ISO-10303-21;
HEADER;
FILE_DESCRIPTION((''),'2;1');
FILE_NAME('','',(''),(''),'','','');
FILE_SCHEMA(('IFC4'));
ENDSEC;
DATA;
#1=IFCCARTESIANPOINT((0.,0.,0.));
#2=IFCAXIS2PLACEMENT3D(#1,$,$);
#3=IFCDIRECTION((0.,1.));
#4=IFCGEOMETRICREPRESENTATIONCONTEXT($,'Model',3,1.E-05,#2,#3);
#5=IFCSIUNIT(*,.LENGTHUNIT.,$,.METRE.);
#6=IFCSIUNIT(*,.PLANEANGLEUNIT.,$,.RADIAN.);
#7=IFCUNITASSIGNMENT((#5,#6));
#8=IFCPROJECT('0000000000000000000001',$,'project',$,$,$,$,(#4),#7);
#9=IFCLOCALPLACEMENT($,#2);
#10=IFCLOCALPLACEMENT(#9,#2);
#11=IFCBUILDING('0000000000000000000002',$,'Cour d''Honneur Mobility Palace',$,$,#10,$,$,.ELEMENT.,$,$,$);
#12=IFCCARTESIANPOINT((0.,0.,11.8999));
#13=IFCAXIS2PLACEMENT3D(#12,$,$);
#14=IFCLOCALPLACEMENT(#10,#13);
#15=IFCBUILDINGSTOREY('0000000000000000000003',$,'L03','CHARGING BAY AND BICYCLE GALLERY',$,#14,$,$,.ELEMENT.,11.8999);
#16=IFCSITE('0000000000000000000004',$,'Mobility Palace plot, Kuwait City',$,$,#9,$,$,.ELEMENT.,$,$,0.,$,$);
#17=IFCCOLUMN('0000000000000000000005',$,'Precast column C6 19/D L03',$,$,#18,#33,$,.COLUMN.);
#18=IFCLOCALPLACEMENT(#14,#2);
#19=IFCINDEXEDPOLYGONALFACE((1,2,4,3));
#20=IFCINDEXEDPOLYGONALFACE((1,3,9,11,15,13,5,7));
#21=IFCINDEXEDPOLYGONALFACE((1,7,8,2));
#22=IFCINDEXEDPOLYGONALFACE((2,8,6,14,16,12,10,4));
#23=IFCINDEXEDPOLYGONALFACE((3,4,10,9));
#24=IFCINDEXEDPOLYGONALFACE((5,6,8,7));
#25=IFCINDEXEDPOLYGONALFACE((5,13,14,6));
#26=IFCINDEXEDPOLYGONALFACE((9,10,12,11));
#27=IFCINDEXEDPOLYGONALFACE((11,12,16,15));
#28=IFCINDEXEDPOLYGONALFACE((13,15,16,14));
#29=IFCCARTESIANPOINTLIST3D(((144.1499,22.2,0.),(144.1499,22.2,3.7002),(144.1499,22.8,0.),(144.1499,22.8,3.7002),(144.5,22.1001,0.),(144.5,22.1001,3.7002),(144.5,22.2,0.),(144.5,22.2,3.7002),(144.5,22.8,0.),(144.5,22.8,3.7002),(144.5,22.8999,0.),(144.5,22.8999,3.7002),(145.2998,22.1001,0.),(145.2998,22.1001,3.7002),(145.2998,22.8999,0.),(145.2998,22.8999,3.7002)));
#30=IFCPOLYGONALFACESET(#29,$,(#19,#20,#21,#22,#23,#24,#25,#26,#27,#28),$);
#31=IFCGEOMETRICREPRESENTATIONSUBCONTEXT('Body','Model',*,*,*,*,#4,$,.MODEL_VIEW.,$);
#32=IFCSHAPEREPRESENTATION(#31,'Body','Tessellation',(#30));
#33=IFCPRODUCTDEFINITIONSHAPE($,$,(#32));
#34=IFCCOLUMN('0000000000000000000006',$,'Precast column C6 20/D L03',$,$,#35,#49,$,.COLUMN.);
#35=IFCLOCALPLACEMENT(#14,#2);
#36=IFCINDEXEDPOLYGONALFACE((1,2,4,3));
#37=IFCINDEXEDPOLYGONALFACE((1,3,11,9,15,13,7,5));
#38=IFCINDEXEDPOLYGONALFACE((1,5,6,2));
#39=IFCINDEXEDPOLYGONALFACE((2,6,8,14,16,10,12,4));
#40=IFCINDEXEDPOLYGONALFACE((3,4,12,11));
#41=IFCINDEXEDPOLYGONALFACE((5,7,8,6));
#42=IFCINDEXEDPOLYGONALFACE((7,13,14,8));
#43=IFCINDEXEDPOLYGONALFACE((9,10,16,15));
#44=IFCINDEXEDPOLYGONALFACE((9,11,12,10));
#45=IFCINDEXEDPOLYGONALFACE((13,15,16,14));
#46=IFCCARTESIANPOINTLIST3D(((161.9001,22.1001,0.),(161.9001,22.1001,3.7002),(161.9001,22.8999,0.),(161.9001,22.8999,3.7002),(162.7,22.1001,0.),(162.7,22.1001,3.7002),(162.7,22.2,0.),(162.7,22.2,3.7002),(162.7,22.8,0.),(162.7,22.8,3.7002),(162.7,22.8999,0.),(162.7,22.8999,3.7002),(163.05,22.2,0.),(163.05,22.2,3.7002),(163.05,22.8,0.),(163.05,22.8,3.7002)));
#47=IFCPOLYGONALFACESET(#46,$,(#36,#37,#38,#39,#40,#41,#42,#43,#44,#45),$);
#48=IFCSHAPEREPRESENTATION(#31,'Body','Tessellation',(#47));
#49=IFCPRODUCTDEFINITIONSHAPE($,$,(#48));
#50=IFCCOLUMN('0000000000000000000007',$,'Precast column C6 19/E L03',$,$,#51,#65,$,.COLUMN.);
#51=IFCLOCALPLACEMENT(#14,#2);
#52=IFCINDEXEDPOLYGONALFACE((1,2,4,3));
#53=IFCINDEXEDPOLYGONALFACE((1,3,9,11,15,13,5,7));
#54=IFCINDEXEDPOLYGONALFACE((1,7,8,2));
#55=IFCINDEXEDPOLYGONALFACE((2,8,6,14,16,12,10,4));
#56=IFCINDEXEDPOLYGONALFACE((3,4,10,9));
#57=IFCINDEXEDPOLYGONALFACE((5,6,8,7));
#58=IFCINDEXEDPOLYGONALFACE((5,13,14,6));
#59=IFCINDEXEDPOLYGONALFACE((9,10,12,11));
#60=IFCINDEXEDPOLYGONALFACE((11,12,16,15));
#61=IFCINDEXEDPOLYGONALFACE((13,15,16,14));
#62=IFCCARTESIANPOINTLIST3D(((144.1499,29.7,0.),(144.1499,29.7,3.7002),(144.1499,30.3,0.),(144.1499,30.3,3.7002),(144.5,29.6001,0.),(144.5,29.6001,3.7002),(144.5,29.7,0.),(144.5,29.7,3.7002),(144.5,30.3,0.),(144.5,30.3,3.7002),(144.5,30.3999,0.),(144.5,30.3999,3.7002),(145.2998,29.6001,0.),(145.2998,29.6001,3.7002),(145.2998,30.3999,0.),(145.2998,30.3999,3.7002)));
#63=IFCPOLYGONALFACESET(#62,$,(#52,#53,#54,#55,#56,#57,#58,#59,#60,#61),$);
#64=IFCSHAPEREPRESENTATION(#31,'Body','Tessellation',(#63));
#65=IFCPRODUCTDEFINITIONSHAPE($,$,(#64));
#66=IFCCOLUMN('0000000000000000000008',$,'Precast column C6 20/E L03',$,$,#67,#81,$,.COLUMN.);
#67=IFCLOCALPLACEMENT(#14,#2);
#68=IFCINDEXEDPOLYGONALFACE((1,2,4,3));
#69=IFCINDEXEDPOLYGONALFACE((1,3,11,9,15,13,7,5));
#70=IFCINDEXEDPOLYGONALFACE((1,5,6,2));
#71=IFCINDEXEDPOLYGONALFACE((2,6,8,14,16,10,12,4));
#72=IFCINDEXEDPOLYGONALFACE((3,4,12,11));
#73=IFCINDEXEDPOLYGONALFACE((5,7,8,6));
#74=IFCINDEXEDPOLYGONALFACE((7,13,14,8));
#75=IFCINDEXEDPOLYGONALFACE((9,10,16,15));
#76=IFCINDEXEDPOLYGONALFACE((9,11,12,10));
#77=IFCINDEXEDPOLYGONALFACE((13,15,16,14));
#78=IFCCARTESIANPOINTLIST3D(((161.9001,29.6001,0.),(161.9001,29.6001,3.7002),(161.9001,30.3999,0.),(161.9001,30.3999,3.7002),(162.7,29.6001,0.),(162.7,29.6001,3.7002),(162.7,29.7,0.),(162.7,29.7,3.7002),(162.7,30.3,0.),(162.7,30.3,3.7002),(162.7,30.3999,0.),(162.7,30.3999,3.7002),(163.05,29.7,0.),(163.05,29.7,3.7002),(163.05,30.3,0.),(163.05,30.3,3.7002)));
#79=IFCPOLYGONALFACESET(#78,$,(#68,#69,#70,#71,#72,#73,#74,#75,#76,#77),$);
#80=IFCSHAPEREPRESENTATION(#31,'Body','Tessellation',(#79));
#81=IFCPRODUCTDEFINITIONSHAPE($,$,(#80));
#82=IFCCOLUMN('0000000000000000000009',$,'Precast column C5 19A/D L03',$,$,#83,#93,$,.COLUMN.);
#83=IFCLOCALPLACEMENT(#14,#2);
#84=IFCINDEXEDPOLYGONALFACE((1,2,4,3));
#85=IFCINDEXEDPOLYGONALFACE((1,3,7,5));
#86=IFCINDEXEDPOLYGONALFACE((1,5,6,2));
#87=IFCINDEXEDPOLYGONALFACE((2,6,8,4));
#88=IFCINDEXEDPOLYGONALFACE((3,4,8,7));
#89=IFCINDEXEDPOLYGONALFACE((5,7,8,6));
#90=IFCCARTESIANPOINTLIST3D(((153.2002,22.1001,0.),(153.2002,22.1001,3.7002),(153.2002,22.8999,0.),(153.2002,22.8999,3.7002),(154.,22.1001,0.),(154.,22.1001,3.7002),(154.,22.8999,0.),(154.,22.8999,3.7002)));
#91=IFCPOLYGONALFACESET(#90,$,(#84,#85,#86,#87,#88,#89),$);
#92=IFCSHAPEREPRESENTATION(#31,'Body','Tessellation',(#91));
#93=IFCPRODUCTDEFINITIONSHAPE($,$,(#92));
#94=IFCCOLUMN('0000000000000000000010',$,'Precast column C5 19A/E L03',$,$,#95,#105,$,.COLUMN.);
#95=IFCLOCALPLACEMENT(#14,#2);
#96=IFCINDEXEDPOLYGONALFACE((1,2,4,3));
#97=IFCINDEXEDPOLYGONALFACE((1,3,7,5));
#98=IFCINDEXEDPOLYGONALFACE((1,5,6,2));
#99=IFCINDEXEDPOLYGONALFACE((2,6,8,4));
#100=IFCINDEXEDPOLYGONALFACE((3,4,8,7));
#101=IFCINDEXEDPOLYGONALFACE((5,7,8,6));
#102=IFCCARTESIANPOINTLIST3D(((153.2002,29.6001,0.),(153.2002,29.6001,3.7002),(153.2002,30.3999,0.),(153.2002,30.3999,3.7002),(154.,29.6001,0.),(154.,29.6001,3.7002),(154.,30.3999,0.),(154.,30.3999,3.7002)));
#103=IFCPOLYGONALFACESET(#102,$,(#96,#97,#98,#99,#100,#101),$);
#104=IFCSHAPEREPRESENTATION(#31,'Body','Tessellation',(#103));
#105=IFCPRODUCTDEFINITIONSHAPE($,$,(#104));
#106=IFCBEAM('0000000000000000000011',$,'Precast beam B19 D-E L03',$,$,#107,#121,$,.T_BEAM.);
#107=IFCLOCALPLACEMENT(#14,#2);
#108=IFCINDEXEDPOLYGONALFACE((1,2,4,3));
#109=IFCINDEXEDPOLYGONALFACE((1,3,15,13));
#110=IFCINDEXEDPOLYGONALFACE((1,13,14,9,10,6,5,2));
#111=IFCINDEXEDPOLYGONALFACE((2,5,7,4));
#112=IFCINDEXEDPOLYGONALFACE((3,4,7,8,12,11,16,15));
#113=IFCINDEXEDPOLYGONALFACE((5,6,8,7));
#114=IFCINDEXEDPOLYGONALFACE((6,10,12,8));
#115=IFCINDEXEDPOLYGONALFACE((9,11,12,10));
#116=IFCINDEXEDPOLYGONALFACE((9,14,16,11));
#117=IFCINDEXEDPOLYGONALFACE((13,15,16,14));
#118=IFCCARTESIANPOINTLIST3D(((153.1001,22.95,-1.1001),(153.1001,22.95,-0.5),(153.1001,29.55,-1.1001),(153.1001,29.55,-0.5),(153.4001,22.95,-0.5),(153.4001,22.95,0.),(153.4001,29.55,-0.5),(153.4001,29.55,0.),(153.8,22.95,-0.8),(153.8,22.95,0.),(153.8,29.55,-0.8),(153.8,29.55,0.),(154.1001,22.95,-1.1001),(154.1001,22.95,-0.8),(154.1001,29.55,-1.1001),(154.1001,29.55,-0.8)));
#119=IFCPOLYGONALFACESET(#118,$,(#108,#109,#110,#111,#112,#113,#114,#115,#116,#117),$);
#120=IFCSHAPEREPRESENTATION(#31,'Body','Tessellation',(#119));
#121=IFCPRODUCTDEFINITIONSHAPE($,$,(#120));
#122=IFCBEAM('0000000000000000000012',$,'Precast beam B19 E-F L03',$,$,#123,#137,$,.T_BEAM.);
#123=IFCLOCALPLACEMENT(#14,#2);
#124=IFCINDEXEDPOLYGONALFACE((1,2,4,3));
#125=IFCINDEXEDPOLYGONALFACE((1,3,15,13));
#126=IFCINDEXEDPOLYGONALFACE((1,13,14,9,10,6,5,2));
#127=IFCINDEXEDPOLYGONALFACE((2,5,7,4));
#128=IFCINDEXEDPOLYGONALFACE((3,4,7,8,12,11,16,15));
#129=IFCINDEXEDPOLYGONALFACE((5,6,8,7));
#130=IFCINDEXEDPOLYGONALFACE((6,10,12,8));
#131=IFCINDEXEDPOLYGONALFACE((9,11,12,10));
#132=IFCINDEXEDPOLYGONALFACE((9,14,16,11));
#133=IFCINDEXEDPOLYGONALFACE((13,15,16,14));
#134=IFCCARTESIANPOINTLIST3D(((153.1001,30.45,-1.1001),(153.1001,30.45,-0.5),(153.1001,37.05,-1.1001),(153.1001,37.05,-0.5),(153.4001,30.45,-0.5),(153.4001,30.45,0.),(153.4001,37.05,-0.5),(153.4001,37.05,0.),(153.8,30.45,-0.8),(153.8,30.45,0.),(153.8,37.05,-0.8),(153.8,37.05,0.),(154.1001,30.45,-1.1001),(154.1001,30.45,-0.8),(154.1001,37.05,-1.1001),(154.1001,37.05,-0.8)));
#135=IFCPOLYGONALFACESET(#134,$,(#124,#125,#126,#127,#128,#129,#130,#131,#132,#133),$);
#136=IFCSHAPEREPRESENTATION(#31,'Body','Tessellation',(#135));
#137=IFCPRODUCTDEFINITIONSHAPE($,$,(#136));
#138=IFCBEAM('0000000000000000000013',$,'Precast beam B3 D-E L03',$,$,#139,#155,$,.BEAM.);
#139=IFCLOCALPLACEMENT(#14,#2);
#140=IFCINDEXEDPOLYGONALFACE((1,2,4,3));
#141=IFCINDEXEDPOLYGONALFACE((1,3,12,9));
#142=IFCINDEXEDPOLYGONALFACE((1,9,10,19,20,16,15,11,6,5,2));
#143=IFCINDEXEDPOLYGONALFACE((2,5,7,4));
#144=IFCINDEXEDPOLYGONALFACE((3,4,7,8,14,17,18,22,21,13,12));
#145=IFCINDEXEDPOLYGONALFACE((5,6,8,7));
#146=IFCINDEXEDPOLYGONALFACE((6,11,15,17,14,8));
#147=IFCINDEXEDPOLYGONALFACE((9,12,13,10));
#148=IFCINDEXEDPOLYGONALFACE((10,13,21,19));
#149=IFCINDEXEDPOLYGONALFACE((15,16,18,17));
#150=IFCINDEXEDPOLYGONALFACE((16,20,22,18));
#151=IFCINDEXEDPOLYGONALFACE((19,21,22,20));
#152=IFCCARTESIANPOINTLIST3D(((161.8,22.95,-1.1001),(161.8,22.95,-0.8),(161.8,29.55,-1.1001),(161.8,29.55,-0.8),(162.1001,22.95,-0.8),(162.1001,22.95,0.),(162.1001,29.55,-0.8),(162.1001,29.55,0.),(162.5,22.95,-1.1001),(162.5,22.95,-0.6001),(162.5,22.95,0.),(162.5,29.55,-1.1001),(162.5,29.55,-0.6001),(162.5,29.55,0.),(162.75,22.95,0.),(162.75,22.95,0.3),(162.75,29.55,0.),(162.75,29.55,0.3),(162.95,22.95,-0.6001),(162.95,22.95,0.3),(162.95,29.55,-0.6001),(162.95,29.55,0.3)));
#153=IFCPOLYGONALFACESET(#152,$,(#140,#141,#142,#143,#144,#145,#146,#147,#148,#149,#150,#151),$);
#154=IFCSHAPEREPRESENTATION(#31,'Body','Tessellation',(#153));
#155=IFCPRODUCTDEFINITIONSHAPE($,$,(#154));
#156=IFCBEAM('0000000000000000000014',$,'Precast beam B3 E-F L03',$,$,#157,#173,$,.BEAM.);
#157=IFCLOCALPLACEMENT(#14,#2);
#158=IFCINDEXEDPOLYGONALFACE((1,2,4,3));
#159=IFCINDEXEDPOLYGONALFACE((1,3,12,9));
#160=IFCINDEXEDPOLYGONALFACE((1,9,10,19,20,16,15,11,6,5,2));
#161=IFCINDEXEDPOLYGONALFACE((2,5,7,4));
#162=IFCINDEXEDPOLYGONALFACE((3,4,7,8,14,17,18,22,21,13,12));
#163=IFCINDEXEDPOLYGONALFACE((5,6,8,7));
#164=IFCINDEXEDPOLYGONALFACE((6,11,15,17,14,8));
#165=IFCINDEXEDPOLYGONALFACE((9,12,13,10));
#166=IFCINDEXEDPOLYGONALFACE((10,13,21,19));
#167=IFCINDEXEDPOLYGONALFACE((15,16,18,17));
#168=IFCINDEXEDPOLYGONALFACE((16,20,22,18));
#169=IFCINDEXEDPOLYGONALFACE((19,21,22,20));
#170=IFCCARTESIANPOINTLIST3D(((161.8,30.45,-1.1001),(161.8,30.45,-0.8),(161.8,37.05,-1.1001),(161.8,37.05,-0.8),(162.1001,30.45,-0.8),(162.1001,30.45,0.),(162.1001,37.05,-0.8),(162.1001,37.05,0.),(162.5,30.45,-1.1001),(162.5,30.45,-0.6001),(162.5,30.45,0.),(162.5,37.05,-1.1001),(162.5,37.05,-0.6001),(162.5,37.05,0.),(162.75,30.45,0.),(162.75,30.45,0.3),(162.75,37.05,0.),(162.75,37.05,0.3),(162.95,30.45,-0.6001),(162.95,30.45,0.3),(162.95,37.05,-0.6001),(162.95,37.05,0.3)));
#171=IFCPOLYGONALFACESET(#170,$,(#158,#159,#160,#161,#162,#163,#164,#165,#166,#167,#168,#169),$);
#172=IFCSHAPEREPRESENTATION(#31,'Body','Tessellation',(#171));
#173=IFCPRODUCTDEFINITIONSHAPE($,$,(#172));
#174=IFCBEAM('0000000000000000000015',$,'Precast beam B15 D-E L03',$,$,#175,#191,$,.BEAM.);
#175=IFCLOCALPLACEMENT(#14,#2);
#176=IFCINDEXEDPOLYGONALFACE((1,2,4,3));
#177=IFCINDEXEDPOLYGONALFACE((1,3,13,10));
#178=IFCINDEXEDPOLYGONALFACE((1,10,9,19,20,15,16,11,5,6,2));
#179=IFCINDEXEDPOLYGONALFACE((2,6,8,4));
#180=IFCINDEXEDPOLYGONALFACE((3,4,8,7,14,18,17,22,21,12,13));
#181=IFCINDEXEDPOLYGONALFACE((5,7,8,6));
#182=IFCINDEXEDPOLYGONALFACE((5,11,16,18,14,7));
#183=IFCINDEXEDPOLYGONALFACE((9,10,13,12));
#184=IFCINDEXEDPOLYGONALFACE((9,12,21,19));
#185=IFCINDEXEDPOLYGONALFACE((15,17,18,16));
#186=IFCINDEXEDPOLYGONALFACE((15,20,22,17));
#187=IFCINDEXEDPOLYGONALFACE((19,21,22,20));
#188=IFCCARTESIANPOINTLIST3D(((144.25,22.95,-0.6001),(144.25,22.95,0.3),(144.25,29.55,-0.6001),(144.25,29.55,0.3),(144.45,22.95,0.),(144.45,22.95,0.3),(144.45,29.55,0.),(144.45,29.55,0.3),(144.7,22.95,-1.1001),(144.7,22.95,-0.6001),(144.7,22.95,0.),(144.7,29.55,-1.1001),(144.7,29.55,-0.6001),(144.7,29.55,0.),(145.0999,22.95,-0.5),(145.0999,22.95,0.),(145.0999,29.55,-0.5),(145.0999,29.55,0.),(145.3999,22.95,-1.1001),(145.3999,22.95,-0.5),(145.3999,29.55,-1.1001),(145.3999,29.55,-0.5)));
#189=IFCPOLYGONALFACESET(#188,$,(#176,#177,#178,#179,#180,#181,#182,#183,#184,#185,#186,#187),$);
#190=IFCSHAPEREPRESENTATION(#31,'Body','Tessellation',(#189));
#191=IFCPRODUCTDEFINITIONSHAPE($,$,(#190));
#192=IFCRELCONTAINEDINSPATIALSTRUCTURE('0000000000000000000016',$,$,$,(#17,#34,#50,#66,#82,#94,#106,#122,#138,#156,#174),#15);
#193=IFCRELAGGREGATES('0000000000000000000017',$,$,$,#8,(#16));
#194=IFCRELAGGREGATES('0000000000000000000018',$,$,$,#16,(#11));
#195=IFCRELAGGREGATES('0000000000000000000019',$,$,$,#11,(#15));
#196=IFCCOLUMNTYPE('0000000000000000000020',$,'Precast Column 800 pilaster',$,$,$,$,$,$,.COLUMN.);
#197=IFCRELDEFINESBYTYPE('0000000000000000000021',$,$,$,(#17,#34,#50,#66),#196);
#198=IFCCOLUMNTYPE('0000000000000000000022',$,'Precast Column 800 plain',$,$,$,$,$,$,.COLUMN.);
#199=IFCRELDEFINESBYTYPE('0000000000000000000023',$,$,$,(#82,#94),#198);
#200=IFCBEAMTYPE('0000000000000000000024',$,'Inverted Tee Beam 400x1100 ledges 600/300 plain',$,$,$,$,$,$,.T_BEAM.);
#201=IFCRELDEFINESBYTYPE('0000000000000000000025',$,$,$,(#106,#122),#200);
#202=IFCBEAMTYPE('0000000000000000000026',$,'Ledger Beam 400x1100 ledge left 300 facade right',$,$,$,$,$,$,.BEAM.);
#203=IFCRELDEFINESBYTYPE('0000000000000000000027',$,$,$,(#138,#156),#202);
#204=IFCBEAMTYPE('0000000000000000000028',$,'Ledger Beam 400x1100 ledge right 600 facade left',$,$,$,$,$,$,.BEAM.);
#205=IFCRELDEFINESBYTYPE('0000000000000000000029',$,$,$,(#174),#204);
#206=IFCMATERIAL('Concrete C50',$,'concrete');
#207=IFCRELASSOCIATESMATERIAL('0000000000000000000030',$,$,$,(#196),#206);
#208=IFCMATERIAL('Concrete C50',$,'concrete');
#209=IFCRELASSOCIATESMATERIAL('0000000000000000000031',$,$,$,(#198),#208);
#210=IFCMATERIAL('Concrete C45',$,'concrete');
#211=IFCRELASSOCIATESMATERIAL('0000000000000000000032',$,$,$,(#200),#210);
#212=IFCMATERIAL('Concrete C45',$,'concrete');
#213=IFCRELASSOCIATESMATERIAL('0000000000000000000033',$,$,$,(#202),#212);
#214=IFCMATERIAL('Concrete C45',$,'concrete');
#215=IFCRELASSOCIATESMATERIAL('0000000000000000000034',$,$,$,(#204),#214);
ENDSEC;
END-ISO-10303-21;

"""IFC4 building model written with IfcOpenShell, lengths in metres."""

from ifc_helpers import new_model, si_unit, direction, frame, origin, place, context, subcontext, project, spatial, polyline, outline, extrude, material, material_profile, profile_set, type_object, element, save


model = new_model("IFC4")

# Units and contexts
model_context = context("Model", 3, precision=1e-05, world=origin(), true_north=direction((0.0, 1.0)))
body_context = subcontext(model_context, "Body", "Model", "MODEL_VIEW")
ifc_project = project(units=[si_unit("LENGTHUNIT", "METRE"), si_unit("PLANEANGLEUNIT", "RADIAN")], contexts=[model_context])

# Site, building, storey
site_placement = place(None, origin())
site = spatial("IfcSite", under=ifc_project, at=site_placement, Name="Mobility Palace plot, Kuwait City", CompositionType="ELEMENT", RefElevation=0.0)
building_placement = place(site_placement, origin())
building = spatial("IfcBuilding", under=site, at=building_placement, Name="Cour d'Honneur Mobility Palace", CompositionType="ELEMENT")
storey_placement = place(building_placement, frame((0.0, 0.0, 11.8999)))
storey = spatial("IfcBuildingStorey", under=building, at=storey_placement, Name="L03", Description="CHARGING BAY AND BICYCLE GALLERY", CompositionType="ELEMENT", Elevation=11.8999)

# Columns
ifc_material_1 = material(Name="Concrete C50", Category="concrete")
ifc_material_profile_1 = material_profile(ifc_material_1, outline(polyline([(-0.3999, -0.3999), (0.3999, -0.3999), (0.3999, -0.3), (0.75, -0.3), (0.75, 0.3), (0.3999, 0.3), (0.3999, 0.3999), (-0.3999, 0.3999), (-0.3999, -0.3999)])), Name="PC C800 pilaster")
ifc_profile_set_1 = profile_set([ifc_material_profile_1], Name="Concrete C50")
column_type_1 = type_object("IfcColumnType", Name="Precast Column 800 pilaster", PredefinedType="COLUMN", material=ifc_profile_set_1)
for number, where, z_axis, x_axis, name in (
    (1, (144.8999, 22.5, 0.0), (0.0, 0.0, 1.0), (-1.0, 0.0, 0.0), "Precast column C6 19/D L03"),
    (2, (162.3, 22.5, 0.0), (0.0, 0.0, 1.0), (1.0, 0.0, 0.0), "Precast column C6 20/D L03"),
    (3, (144.8999, 30.0, 0.0), (0.0, 0.0, 1.0), (-1.0, 0.0, 0.0), "Precast column C6 19/E L03"),
    (4, (162.3, 30.0, 0.0), (0.0, 0.0, 1.0), (1.0, 0.0, 0.0), "Precast column C6 20/E L03"),
):
    element("IfcColumn", number, at=place(storey_placement, frame(where, z_axis=z_axis, x_axis=x_axis)), inside=storey, type_object=column_type_1, Name=name, PredefinedType="COLUMN", context=body_context, shape_type="SweptSolid", body=[
        extrude(outline(polyline([(-0.3999, -0.3999), (0.3999, -0.3999), (0.3999, -0.3), (0.75, -0.3), (0.75, 0.3), (0.3999, 0.3), (0.3999, 0.3999), (-0.3999, 0.3999), (-0.3999, -0.3999)])), origin(), (0.0, 0.0, 1.0), 3.7002),
    ])
ifc_material_2 = material(Name="Concrete C50", Category="concrete")
ifc_material_profile_2 = material_profile(ifc_material_2, outline(polyline([(-0.3999, -0.3999), (0.3999, -0.3999), (0.3999, 0.3999), (-0.3999, 0.3999), (-0.3999, -0.3999)])), Name="PC C800 plain")
ifc_profile_set_2 = profile_set([ifc_material_profile_2], Name="Concrete C50")
column_type_2 = type_object("IfcColumnType", Name="Precast Column 800 plain", PredefinedType="COLUMN", material=ifc_profile_set_2)
for number, where, z_axis, x_axis, name in (
    (5, (153.6001, 22.5, 0.0), (0.0, 0.0, 1.0), (1.0, 0.0, 0.0), "Precast column C5 19A/D L03"),
    (6, (153.6001, 30.0, 0.0), (0.0, 0.0, 1.0), (1.0, 0.0, 0.0), "Precast column C5 19A/E L03"),
):
    element("IfcColumn", number, at=place(storey_placement, frame(where, z_axis=z_axis, x_axis=x_axis)), inside=storey, type_object=column_type_2, Name=name, PredefinedType="COLUMN", context=body_context, shape_type="SweptSolid", body=[
        extrude(outline(polyline([(-0.3999, -0.3999), (0.3999, -0.3999), (0.3999, 0.3999), (-0.3999, 0.3999), (-0.3999, -0.3999)])), origin(), (0.0, 0.0, 1.0), 3.7002),
    ])

# Beams
ifc_material_3 = material(Name="Concrete C45", Category="concrete")
ifc_material_profile_3 = material_profile(ifc_material_3, outline(polyline([(0.5, -1.1001), (0.5, -0.5), (0.2, -0.5), (0.2, 0.0), (-0.2, 0.0), (-0.2, -0.8), (-0.5, -0.8), (-0.5, -1.1001), (0.5, -1.1001)])), Name="Inverted Tee Beam 400x1100 ledges 600/300 plain")
ifc_profile_set_3 = profile_set([ifc_material_profile_3], Name="Concrete C45")
beam_type_1 = type_object("IfcBeamType", Name="Inverted Tee Beam 400x1100 ledges 600/300 plain", PredefinedType="T_BEAM", material=ifc_profile_set_3)
for number, where, z_axis, x_axis, name in (
    (7, (153.6001, 22.95, 0.0), (0.0, 1.0, 0.0), (-1.0, 0.0, 0.0), "Precast beam B19 D-E L03"),
    (8, (153.6001, 30.45, 0.0), (0.0, 1.0, 0.0), (-1.0, 0.0, 0.0), "Precast beam B19 E-F L03"),
):
    element("IfcBeam", number, at=place(storey_placement, frame(where, z_axis=z_axis, x_axis=x_axis)), inside=storey, type_object=beam_type_1, Name=name, PredefinedType="T_BEAM", context=body_context, shape_type="SweptSolid", body=[
        extrude(outline(polyline([(0.5, -1.1001), (0.5, -0.5), (0.2, -0.5), (0.2, 0.0), (-0.2, 0.0), (-0.2, -0.8), (-0.5, -0.8), (-0.5, -1.1001), (0.5, -1.1001)])), origin(), (0.0, 0.0, 1.0), 6.6001),
    ])
ifc_material_4 = material(Name="Concrete C45", Category="concrete")
ifc_material_profile_4 = material_profile(ifc_material_4, outline(polyline([(0.5, -1.1001), (0.5, -0.8), (0.2, -0.8), (0.2, 0.0), (-0.2, 0.0), (-0.45, 0.0), (-0.45, 0.3), (-0.6499, 0.3), (-0.6499, -0.6001), (-0.2, -0.6001), (-0.2, -1.1001), (0.5, -1.1001)])), Name="Ledger Beam 400x1100 ledge left 300 facade right")
ifc_profile_set_4 = profile_set([ifc_material_profile_4], Name="Concrete C45")
beam_type_2 = type_object("IfcBeamType", Name="Ledger Beam 400x1100 ledge left 300 facade right", PredefinedType="BEAM", material=ifc_profile_set_4)
for number, where, z_axis, x_axis, name in (
    (9, (162.3, 22.95, 0.0), (0.0, 1.0, 0.0), (-1.0, 0.0, 0.0), "Precast beam B3 D-E L03"),
    (10, (162.3, 30.45, 0.0), (0.0, 1.0, 0.0), (-1.0, 0.0, 0.0), "Precast beam B3 E-F L03"),
):
    element("IfcBeam", number, at=place(storey_placement, frame(where, z_axis=z_axis, x_axis=x_axis)), inside=storey, type_object=beam_type_2, Name=name, PredefinedType="BEAM", context=body_context, shape_type="SweptSolid", body=[
        extrude(outline(polyline([(0.5, -1.1001), (0.5, -0.8), (0.2, -0.8), (0.2, 0.0), (-0.2, 0.0), (-0.45, 0.0), (-0.45, 0.3), (-0.6499, 0.3), (-0.6499, -0.6001), (-0.2, -0.6001), (-0.2, -1.1001), (0.5, -1.1001)])), origin(), (0.0, 0.0, 1.0), 6.6001),
    ])
ifc_material_5 = material(Name="Concrete C45", Category="concrete")
ifc_material_profile_5 = material_profile(ifc_material_5, outline(polyline([(0.2, -1.1001), (0.2, -0.6001), (0.6499, -0.6001), (0.6499, 0.3), (0.45, 0.3), (0.45, 0.0), (0.2, 0.0), (-0.2, 0.0), (-0.2, -0.5), (-0.5, -0.5), (-0.5, -1.1001), (0.2, -1.1001)])), Name="Ledger Beam 400x1100 ledge right 600 facade left")
ifc_profile_set_5 = profile_set([ifc_material_profile_5], Name="Concrete C45")
beam_type_3 = type_object("IfcBeamType", Name="Ledger Beam 400x1100 ledge right 600 facade left", PredefinedType="BEAM", material=ifc_profile_set_5)
for number, where, z_axis, x_axis, name in (
    (11, (144.8999, 22.95, 0.0), (0.0, 1.0, 0.0), (-1.0, 0.0, 0.0), "Precast beam B15 D-E L03"),
):
    element("IfcBeam", number, at=place(storey_placement, frame(where, z_axis=z_axis, x_axis=x_axis)), inside=storey, type_object=beam_type_3, Name=name, PredefinedType="BEAM", context=body_context, shape_type="SweptSolid", body=[
        extrude(outline(polyline([(0.2, -1.1001), (0.2, -0.6001), (0.6499, -0.6001), (0.6499, 0.3), (0.45, 0.3), (0.45, 0.0), (0.2, 0.0), (-0.2, 0.0), (-0.2, -0.5), (-0.5, -0.5), (-0.5, -1.1001), (0.2, -1.1001)])), origin(), (0.0, 0.0, 1.0), 6.6001),
    ])

save(model, "model.ifc")
